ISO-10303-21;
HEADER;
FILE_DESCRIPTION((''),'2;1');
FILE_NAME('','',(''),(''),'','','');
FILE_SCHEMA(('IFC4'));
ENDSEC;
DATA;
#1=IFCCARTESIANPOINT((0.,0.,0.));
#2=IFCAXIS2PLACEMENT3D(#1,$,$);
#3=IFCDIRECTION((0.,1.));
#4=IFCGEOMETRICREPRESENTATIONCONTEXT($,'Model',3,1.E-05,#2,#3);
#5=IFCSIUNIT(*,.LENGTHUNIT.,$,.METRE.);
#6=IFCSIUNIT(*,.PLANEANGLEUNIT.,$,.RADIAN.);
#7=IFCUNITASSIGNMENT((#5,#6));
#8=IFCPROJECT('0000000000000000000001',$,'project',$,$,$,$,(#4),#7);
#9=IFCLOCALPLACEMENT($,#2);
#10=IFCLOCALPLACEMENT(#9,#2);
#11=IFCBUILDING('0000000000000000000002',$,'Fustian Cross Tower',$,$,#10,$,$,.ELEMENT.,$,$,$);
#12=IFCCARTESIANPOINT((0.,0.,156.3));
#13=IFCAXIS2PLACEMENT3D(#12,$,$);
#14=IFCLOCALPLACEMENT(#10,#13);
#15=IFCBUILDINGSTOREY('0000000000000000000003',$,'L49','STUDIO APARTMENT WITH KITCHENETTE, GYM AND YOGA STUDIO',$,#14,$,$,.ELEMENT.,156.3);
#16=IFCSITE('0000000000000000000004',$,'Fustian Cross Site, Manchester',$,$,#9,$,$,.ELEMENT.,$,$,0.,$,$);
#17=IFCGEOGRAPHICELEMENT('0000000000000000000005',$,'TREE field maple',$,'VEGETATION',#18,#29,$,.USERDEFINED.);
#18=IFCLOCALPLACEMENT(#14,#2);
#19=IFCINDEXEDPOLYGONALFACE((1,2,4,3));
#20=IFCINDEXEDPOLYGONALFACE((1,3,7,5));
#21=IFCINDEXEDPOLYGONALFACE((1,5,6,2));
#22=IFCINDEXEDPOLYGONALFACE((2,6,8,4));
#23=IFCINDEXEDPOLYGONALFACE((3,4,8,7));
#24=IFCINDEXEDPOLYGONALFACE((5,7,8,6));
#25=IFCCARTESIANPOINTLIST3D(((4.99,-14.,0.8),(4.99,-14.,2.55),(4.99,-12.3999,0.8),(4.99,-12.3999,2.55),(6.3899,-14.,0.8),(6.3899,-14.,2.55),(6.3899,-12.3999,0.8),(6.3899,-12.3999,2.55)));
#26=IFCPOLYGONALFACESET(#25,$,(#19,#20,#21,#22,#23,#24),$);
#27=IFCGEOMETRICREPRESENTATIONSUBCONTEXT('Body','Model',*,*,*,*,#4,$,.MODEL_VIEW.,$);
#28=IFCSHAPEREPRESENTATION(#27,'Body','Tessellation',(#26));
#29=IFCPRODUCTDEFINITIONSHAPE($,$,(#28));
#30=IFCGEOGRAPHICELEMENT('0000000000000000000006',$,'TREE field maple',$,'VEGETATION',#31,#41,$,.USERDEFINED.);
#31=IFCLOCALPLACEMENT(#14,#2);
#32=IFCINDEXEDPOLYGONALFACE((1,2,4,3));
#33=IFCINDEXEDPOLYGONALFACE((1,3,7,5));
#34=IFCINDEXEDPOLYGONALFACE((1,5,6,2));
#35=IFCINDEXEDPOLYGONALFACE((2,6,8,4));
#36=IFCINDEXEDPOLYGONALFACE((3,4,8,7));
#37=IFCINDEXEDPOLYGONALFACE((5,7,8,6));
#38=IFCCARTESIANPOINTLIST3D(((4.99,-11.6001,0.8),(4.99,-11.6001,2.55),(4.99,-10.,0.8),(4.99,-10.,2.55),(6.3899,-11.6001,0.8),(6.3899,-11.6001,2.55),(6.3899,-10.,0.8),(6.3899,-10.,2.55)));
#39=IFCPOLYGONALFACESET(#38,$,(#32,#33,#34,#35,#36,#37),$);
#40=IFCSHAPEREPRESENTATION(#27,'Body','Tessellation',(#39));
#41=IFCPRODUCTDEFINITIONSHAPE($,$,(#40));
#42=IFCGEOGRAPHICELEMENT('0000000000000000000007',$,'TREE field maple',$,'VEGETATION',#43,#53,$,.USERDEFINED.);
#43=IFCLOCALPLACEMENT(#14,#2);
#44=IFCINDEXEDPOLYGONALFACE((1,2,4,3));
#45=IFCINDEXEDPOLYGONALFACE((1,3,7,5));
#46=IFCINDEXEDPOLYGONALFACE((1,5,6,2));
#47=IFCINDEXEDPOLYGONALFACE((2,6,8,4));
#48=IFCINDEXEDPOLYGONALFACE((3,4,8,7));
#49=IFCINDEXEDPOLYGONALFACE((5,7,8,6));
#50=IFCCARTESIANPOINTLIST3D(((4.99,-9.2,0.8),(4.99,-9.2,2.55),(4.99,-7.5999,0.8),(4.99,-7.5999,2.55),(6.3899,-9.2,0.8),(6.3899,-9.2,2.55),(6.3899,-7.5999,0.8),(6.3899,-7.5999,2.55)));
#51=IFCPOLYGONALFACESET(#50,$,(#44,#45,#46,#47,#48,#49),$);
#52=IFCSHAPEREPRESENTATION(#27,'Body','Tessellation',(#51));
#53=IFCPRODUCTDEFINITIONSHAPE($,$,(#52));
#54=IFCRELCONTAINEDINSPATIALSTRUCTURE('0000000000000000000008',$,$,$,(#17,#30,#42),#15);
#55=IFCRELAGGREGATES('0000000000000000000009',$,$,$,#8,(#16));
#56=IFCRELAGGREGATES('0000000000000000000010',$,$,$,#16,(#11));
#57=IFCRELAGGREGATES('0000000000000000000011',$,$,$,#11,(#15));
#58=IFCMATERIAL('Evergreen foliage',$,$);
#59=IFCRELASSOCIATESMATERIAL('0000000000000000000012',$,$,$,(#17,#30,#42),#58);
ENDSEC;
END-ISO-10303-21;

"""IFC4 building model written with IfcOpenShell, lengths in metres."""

from ifc_helpers import new_model, si_unit, direction, frame, origin, origin_2d, place, context, subcontext, project, spatial, rectangle, extrude, material, element, save


model = new_model("IFC4")

# Units and contexts
model_context = context("Model", 3, precision=1e-05, world=origin(), true_north=direction((0.0, 1.0)))
body_context = subcontext(model_context, "Body", "Model", "MODEL_VIEW")
ifc_project = project(units=[si_unit("LENGTHUNIT", "METRE"), si_unit("PLANEANGLEUNIT", "RADIAN")], contexts=[model_context])

# Site, building, storey
site_placement = place(None, origin())
site = spatial("IfcSite", under=ifc_project, at=site_placement, Name="Fustian Cross Site, Manchester", CompositionType="ELEMENT", RefElevation=0.0)
building_placement = place(site_placement, origin())
building = spatial("IfcBuilding", under=site, at=building_placement, Name="Fustian Cross Tower", CompositionType="ELEMENT")
storey_placement = place(building_placement, frame((0.0, 0.0, 156.3)))
storey = spatial("IfcBuildingStorey", under=building, at=storey_placement, Name="L49", Description="STUDIO APARTMENT WITH KITCHENETTE, GYM AND YOGA STUDIO", CompositionType="ELEMENT", Elevation=156.3)

# Geographic elements
ifc_material_1 = material(Name="Evergreen foliage")
for number, where, z_axis, x_axis, name in (
    (1, (5.6899, -13.2, 0.8), (0.0, 0.0, 1.0), (1.0, 0.0, 0.0), "TREE field maple"),
    (2, (5.6899, -10.8, 0.8), (0.0, 0.0, 1.0), (1.0, 0.0, 0.0), "TREE field maple"),
    (3, (5.6899, -8.3999, 0.8), (0.0, 0.0, 1.0), (1.0, 0.0, 0.0), "TREE field maple"),
):
    element("IfcGeographicElement", number, at=place(storey_placement, frame(where, z_axis=z_axis, x_axis=x_axis)), inside=storey, material=ifc_material_1, Name=name, ObjectType="VEGETATION", PredefinedType="USERDEFINED", context=body_context, shape_type="SweptSolid", body=[
        extrude(rectangle(XDim=1.3999, YDim=1.6001, at=origin_2d()), origin(), (0.0, 0.0, 1.0), 1.75),
    ])

save(model, "model.ifc")
